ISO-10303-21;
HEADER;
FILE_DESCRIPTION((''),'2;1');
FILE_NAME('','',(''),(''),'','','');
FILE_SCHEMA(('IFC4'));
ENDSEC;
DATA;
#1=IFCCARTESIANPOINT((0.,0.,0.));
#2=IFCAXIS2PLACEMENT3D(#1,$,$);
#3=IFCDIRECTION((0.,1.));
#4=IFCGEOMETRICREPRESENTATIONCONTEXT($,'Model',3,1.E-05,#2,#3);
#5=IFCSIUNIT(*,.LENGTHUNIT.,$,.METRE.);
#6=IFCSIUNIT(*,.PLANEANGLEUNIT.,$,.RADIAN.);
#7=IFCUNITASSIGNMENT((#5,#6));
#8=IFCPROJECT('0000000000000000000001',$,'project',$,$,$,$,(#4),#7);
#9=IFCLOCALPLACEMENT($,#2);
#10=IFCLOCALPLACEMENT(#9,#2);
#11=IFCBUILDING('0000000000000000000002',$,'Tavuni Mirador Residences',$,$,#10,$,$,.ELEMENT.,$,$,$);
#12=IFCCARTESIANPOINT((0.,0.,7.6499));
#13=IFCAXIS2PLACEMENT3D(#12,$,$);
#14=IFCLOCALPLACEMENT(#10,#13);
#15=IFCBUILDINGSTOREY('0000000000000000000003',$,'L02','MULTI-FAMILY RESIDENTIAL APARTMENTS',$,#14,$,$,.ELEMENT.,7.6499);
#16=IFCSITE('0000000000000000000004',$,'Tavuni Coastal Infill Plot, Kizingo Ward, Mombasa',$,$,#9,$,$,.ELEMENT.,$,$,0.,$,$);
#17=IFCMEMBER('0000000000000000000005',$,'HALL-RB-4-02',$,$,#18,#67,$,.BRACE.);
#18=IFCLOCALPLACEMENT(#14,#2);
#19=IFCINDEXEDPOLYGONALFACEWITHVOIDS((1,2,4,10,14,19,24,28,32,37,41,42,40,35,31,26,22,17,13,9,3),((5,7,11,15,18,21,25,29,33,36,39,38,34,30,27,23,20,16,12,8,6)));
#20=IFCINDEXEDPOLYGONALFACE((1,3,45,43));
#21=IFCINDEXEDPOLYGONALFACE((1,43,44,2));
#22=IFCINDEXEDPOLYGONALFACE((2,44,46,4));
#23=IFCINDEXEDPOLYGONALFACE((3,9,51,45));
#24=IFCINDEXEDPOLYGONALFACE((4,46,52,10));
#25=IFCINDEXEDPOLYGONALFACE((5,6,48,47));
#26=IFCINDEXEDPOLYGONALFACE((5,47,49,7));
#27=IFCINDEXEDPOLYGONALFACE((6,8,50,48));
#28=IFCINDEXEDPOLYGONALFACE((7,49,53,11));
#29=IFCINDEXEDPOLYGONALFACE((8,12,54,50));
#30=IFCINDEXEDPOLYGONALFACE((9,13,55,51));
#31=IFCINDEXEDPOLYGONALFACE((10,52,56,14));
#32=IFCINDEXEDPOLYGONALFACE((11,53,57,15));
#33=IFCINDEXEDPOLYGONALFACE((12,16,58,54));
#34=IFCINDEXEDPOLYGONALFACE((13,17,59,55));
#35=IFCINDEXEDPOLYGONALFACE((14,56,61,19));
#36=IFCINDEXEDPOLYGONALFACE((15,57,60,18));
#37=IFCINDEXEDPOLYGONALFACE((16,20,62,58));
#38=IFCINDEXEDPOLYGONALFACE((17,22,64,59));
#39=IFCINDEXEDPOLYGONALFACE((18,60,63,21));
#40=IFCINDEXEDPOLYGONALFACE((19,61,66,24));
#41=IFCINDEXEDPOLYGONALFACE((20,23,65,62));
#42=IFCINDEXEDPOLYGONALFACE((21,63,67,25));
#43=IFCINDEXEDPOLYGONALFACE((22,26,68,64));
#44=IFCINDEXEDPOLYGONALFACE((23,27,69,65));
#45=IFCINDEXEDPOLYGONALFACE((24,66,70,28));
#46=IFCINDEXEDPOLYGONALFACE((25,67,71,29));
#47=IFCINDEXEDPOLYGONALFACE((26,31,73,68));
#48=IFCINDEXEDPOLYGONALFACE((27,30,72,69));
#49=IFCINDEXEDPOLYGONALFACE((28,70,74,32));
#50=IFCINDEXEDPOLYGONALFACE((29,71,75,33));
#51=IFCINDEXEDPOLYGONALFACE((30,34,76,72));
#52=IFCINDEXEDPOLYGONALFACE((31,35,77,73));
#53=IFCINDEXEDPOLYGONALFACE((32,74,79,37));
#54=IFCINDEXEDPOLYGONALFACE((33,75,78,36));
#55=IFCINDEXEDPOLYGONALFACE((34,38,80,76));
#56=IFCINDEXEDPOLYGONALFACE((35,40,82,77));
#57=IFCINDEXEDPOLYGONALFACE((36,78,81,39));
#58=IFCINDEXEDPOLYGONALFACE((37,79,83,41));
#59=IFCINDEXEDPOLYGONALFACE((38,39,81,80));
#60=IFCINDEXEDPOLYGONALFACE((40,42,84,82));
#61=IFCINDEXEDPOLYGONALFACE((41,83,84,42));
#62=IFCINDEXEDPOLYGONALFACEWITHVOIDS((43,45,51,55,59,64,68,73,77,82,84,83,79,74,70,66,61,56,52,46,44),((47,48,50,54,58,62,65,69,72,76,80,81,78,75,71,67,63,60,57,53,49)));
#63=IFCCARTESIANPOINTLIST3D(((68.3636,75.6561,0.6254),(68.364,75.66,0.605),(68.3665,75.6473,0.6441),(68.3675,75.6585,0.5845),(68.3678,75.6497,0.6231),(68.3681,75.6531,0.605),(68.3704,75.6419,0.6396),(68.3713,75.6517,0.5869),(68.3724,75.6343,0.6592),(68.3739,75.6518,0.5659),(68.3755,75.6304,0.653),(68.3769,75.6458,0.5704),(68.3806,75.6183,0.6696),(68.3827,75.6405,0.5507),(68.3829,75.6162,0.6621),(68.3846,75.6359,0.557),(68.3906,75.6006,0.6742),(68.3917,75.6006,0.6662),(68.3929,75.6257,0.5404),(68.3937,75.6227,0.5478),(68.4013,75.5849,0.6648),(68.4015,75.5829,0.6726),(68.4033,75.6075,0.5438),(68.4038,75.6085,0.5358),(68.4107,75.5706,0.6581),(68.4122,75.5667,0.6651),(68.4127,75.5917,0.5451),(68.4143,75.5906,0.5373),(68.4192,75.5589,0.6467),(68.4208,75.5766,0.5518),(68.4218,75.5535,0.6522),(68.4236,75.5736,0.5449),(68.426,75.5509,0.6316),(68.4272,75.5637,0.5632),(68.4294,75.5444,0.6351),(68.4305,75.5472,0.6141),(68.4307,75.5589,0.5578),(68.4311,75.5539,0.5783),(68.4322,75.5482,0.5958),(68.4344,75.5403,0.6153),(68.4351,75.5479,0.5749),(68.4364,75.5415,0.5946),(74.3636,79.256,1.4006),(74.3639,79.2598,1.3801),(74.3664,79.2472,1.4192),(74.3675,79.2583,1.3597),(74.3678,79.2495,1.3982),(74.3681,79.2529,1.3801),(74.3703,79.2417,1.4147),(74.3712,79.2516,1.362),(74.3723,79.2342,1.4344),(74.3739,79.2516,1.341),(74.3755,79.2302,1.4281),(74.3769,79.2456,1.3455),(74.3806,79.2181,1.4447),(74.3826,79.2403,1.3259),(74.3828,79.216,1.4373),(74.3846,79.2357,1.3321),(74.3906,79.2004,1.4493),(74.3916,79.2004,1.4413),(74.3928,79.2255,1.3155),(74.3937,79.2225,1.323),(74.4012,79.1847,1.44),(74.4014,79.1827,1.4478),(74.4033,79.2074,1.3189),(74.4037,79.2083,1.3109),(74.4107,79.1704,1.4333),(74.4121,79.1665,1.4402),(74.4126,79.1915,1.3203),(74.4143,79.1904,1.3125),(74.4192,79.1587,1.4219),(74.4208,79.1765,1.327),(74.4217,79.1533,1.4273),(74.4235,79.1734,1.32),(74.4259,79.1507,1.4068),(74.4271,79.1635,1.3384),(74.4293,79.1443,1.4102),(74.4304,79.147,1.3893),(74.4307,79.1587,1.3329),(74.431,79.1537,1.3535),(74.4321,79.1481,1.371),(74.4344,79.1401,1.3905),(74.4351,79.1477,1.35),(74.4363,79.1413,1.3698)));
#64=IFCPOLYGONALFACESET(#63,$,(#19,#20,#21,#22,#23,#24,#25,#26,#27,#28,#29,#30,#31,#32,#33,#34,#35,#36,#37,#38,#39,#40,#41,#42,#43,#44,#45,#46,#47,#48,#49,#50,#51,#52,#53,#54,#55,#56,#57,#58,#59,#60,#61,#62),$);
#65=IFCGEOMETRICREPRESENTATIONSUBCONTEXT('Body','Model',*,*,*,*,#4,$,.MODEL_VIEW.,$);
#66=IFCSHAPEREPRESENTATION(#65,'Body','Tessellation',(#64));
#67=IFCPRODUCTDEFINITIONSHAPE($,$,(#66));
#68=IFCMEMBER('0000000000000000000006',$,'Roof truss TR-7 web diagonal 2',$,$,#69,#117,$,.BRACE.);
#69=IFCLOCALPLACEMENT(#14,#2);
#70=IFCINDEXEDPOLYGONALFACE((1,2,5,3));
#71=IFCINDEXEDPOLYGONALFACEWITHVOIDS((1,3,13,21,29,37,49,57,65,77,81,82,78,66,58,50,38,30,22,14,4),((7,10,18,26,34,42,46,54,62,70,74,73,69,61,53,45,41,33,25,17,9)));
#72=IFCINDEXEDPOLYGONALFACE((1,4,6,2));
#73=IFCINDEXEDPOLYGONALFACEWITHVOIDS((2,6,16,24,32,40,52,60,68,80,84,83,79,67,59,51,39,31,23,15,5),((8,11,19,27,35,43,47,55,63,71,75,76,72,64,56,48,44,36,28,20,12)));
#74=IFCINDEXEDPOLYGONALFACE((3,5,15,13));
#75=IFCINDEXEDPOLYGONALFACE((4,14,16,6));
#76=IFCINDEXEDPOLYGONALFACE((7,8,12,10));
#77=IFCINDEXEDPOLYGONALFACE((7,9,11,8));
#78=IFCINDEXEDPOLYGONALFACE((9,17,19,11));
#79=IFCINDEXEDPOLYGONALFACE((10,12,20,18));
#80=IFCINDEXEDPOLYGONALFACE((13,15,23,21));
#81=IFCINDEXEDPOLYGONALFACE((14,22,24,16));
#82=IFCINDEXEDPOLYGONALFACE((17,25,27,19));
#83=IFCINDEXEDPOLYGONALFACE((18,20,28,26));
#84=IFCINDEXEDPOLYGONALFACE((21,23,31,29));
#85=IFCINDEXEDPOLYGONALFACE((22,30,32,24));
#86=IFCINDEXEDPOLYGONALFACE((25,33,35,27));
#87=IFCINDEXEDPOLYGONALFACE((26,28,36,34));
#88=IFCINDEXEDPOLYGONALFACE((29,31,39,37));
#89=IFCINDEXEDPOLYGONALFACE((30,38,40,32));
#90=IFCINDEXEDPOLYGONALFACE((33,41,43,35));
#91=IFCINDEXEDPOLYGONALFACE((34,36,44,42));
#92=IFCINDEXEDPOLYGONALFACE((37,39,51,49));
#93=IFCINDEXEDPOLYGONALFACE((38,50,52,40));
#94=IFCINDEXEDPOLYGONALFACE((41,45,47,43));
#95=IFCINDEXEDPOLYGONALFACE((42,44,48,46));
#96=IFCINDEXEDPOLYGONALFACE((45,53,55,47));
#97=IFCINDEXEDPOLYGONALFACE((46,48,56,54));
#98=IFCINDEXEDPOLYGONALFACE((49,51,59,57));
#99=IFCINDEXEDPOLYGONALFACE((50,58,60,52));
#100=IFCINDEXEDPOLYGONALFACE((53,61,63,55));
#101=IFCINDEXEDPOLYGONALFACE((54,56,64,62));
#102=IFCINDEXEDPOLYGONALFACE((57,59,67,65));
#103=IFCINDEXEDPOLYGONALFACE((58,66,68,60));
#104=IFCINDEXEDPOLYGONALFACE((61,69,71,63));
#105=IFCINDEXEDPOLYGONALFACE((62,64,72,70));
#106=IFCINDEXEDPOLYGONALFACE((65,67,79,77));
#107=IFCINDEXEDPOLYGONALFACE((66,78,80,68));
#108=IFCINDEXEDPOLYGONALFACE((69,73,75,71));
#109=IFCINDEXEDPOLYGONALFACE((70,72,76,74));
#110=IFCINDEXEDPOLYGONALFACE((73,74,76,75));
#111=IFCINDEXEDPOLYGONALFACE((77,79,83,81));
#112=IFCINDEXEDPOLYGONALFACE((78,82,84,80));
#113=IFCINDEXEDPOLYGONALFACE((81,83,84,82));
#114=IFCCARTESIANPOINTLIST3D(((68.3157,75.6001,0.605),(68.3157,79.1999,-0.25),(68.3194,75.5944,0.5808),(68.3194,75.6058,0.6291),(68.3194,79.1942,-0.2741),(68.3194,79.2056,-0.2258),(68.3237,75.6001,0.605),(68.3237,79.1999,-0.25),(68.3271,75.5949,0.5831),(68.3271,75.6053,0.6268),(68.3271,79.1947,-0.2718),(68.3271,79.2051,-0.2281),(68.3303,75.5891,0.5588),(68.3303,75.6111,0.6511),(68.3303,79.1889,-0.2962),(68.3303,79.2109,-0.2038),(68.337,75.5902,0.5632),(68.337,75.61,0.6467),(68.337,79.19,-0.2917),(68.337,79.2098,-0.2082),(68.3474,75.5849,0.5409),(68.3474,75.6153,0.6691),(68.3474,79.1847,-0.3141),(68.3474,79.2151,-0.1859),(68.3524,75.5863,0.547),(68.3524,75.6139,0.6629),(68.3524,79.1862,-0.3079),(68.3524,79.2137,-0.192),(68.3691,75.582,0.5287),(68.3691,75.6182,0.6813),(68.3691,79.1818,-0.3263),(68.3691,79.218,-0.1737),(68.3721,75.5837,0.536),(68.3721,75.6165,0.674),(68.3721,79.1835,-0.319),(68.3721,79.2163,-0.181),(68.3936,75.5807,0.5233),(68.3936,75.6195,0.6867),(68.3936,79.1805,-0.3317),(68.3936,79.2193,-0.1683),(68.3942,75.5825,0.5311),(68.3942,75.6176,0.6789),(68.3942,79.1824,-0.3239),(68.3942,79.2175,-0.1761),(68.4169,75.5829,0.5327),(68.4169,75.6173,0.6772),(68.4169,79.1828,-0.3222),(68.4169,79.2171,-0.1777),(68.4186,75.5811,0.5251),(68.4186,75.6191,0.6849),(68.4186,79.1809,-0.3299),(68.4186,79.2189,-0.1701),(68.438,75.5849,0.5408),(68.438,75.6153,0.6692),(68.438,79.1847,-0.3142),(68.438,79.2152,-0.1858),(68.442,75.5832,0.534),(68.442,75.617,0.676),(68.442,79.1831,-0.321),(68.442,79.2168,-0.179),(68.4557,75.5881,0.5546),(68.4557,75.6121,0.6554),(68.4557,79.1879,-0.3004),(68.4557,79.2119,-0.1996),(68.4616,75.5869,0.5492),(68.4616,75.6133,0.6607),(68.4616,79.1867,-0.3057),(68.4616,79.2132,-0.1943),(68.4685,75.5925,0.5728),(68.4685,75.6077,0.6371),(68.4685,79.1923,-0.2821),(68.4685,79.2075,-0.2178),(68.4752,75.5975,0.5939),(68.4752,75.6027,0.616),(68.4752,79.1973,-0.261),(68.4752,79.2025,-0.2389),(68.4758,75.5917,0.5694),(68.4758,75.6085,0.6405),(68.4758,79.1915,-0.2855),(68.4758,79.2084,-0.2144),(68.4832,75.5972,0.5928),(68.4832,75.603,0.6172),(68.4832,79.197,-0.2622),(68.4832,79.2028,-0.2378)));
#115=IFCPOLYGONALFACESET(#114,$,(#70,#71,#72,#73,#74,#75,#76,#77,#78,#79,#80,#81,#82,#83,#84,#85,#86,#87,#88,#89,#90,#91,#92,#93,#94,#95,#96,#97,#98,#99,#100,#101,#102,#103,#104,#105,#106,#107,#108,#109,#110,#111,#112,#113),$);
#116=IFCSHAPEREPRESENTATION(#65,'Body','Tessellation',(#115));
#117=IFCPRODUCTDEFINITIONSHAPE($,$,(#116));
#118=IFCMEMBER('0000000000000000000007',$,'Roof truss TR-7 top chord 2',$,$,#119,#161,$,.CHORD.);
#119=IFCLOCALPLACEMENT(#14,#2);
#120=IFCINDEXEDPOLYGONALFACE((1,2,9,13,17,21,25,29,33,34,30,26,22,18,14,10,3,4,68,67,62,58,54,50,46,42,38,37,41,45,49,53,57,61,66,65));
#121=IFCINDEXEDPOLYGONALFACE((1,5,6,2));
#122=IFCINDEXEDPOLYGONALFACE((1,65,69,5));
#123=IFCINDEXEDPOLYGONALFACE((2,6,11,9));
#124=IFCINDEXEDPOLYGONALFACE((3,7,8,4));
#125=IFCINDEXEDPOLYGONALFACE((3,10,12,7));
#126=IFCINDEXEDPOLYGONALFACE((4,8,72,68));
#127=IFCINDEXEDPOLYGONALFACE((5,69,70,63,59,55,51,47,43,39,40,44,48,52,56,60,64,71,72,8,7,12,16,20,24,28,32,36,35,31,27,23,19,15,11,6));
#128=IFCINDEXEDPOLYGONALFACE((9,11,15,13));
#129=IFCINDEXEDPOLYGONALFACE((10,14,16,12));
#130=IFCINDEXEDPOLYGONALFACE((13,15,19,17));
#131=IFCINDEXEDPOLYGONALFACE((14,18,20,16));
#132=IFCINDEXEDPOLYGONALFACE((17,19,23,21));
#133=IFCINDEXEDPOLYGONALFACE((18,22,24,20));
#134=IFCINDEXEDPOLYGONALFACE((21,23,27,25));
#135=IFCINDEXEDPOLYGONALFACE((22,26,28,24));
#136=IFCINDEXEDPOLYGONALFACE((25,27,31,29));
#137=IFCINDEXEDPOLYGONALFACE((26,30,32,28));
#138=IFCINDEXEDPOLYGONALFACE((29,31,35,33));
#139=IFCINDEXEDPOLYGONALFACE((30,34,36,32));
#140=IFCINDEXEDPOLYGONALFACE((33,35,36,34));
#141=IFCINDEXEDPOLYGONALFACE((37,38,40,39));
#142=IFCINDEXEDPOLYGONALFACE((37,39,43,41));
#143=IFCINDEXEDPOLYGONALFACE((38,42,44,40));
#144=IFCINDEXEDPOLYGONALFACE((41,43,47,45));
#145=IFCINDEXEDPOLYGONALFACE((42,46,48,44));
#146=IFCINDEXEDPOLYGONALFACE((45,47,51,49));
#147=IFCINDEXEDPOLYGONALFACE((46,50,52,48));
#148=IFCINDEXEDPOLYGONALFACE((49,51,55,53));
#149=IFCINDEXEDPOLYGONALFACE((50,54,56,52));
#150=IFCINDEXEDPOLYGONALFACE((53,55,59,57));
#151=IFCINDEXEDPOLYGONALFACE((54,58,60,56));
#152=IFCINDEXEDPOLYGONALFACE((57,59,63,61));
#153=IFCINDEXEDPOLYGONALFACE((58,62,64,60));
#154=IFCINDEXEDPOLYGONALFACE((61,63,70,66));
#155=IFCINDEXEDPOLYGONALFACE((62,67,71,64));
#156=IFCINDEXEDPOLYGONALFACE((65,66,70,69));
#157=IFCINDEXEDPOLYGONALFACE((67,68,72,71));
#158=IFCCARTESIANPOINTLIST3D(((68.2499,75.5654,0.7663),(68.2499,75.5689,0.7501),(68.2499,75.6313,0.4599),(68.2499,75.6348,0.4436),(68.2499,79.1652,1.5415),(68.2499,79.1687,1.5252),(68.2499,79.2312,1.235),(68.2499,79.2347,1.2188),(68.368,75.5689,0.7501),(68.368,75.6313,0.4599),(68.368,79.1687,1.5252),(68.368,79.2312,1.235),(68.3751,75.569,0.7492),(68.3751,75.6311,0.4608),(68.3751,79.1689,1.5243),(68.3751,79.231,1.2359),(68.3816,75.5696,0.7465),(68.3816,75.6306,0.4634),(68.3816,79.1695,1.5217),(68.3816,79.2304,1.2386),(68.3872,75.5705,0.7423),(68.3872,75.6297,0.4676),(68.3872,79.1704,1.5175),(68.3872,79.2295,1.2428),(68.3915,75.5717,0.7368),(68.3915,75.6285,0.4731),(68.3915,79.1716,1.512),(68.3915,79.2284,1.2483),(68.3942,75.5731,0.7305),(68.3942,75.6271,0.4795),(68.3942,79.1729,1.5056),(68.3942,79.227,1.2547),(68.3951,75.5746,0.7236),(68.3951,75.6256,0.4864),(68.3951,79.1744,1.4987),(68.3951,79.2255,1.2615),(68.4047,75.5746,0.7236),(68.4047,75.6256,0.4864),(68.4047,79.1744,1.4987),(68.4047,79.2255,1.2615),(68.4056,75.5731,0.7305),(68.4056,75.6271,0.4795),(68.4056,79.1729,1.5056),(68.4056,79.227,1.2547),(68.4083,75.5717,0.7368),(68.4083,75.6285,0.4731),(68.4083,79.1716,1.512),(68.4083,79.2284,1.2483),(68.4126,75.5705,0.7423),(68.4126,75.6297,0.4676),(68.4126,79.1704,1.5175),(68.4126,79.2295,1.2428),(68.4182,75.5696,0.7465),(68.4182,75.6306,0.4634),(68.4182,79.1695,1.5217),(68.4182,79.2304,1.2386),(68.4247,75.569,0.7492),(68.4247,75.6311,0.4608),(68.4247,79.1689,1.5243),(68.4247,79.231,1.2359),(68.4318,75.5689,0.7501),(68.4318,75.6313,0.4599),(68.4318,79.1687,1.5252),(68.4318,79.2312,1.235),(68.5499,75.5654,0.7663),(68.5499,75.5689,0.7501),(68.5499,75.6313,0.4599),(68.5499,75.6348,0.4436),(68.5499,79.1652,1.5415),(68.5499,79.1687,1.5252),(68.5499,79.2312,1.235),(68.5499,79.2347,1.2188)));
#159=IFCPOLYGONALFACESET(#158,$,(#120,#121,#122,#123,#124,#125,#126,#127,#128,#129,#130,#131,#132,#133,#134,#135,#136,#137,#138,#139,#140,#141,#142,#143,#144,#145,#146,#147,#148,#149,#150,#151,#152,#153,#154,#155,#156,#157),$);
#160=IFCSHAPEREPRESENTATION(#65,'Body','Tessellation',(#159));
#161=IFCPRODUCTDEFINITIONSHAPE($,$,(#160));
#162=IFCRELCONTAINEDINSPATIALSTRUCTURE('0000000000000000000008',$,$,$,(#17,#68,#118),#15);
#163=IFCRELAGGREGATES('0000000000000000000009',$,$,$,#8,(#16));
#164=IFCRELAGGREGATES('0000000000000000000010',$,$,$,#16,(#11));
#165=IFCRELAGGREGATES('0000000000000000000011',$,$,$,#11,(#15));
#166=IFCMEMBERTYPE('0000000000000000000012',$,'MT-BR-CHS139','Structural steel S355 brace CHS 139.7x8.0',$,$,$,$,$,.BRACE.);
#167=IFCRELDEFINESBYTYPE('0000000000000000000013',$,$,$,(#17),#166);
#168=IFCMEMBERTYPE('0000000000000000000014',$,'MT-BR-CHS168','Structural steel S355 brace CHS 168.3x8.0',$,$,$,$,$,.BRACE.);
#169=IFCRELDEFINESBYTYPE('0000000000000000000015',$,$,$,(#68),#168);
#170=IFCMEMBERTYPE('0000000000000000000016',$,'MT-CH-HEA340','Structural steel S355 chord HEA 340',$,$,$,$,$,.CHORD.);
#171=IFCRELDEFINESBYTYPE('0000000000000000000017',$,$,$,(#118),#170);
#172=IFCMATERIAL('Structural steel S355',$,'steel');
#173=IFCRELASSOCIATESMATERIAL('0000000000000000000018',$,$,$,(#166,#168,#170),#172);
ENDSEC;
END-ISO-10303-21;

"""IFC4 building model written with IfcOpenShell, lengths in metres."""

from ifc_helpers import new_model, si_unit, direction, frame, origin, origin_2d, place, context, subcontext, project, spatial, hollow_circle, i_section, extrude, material, material_profile, profile_set, type_object, element, save


model = new_model("IFC4")

# Units and contexts
model_context = context("Model", 3, precision=1e-05, world=origin(), true_north=direction((0.0, 1.0)))
body_context = subcontext(model_context, "Body", "Model", "MODEL_VIEW")
ifc_project = project(units=[si_unit("LENGTHUNIT", "METRE"), si_unit("PLANEANGLEUNIT", "RADIAN")], contexts=[model_context])

# Site, building, storey
site_placement = place(None, origin())
site = spatial("IfcSite", under=ifc_project, at=site_placement, Name="Tavuni Coastal Infill Plot, Kizingo Ward, Mombasa", CompositionType="ELEMENT", RefElevation=0.0)
building_placement = place(site_placement, origin())
building = spatial("IfcBuilding", under=site, at=building_placement, Name="Tavuni Mirador Residences", CompositionType="ELEMENT")
storey_placement = place(building_placement, frame((0.0, 0.0, 7.6499)))
storey = spatial("IfcBuildingStorey", under=building, at=storey_placement, Name="L02", Description="MULTI-FAMILY RESIDENTIAL APARTMENTS", CompositionType="ELEMENT", Elevation=7.6499)

# Members
ifc_material_1 = material(Name="Structural steel S355", Category="steel")
ifc_material_profile_1 = material_profile(ifc_material_1, hollow_circle(Radius=0.0698, WallThickness=0.0081, at=origin_2d()), Name="CHS 139.7x8.0", Category="steel")
ifc_profile_set_1 = profile_set([ifc_material_profile_1], Name="Structural steel S355")
member_type_1 = type_object("IfcMemberType", Name="MT-BR-CHS139", Description="Structural steel S355 brace CHS 139.7x8.0", PredefinedType="BRACE", material=ifc_profile_set_1)
member_1_placement = place(storey_placement, frame((68.3999, 75.6001, 0.605), z_axis=(0.852288, 0.511352, 0.110108), x_axis=(-0.51448, 0.857502, 0.0)))
element("IfcMember", 1, at=member_1_placement, inside=storey, type_object=member_type_1, Name="HALL-RB-4-02", PredefinedType="BRACE", context=body_context, shape_type="SweptSolid", body=[
    extrude(hollow_circle(Radius=0.0698, WallThickness=0.0081, at=origin_2d()), origin(), (0.0, 0.0, 1.0), 7.0398),
])
ifc_material_profile_2 = material_profile(ifc_material_1, hollow_circle(Radius=0.0842, WallThickness=0.0081, at=origin_2d()), Name="CHS 168.3x8.0", Category="steel")
ifc_profile_set_2 = profile_set([ifc_material_profile_2], Name="Structural steel S355")
member_type_2 = type_object("IfcMemberType", Name="MT-BR-CHS168", Description="Structural steel S355 brace CHS 168.3x8.0", PredefinedType="BRACE", material=ifc_profile_set_2)
member_2_placement = place(storey_placement, frame((68.3999, 75.6001, 0.605), z_axis=(0.0, 0.972936, -0.231076), x_axis=(-1.0, 0.0, 0.0)))
element("IfcMember", 2, at=member_2_placement, inside=storey, type_object=member_type_2, Name="Roof truss TR-7 web diagonal 2", PredefinedType="BRACE", context=body_context, shape_type="SweptSolid", body=[
    extrude(hollow_circle(Radius=0.0842, WallThickness=0.0081, at=origin_2d()), origin(), (0.0, 0.0, 1.0), 3.7),
])
ifc_material_profile_3 = material_profile(ifc_material_1, i_section(OverallWidth=0.3, OverallDepth=0.3301, WebThickness=0.0095, FlangeThickness=0.0166, FilletRadius=0.0271, at=origin_2d()), Name="HEA 340", Category="steel")
ifc_profile_set_3 = profile_set([ifc_material_profile_3], Name="Structural steel S355")
member_type_3 = type_object("IfcMemberType", Name="MT-CH-HEA340", Description="Structural steel S355 chord HEA 340", PredefinedType="CHORD", material=ifc_profile_set_3)
member_3_placement = place(storey_placement, frame((68.3999, 75.6001, 0.605), z_axis=(0.0, 0.977593, 0.210502), x_axis=(-1.0, 0.0, 0.0)))
element("IfcMember", 3, at=member_3_placement, inside=storey, type_object=member_type_3, Name="Roof truss TR-7 top chord 2", PredefinedType="CHORD", context=body_context, shape_type="SweptSolid", body=[
    extrude(i_section(OverallWidth=0.3, OverallDepth=0.3301, WebThickness=0.0095, FlangeThickness=0.0166, FilletRadius=0.0271, at=origin_2d()), origin(), (0.0, 0.0, 1.0), 3.6824),
])

save(model, "model.ifc")
